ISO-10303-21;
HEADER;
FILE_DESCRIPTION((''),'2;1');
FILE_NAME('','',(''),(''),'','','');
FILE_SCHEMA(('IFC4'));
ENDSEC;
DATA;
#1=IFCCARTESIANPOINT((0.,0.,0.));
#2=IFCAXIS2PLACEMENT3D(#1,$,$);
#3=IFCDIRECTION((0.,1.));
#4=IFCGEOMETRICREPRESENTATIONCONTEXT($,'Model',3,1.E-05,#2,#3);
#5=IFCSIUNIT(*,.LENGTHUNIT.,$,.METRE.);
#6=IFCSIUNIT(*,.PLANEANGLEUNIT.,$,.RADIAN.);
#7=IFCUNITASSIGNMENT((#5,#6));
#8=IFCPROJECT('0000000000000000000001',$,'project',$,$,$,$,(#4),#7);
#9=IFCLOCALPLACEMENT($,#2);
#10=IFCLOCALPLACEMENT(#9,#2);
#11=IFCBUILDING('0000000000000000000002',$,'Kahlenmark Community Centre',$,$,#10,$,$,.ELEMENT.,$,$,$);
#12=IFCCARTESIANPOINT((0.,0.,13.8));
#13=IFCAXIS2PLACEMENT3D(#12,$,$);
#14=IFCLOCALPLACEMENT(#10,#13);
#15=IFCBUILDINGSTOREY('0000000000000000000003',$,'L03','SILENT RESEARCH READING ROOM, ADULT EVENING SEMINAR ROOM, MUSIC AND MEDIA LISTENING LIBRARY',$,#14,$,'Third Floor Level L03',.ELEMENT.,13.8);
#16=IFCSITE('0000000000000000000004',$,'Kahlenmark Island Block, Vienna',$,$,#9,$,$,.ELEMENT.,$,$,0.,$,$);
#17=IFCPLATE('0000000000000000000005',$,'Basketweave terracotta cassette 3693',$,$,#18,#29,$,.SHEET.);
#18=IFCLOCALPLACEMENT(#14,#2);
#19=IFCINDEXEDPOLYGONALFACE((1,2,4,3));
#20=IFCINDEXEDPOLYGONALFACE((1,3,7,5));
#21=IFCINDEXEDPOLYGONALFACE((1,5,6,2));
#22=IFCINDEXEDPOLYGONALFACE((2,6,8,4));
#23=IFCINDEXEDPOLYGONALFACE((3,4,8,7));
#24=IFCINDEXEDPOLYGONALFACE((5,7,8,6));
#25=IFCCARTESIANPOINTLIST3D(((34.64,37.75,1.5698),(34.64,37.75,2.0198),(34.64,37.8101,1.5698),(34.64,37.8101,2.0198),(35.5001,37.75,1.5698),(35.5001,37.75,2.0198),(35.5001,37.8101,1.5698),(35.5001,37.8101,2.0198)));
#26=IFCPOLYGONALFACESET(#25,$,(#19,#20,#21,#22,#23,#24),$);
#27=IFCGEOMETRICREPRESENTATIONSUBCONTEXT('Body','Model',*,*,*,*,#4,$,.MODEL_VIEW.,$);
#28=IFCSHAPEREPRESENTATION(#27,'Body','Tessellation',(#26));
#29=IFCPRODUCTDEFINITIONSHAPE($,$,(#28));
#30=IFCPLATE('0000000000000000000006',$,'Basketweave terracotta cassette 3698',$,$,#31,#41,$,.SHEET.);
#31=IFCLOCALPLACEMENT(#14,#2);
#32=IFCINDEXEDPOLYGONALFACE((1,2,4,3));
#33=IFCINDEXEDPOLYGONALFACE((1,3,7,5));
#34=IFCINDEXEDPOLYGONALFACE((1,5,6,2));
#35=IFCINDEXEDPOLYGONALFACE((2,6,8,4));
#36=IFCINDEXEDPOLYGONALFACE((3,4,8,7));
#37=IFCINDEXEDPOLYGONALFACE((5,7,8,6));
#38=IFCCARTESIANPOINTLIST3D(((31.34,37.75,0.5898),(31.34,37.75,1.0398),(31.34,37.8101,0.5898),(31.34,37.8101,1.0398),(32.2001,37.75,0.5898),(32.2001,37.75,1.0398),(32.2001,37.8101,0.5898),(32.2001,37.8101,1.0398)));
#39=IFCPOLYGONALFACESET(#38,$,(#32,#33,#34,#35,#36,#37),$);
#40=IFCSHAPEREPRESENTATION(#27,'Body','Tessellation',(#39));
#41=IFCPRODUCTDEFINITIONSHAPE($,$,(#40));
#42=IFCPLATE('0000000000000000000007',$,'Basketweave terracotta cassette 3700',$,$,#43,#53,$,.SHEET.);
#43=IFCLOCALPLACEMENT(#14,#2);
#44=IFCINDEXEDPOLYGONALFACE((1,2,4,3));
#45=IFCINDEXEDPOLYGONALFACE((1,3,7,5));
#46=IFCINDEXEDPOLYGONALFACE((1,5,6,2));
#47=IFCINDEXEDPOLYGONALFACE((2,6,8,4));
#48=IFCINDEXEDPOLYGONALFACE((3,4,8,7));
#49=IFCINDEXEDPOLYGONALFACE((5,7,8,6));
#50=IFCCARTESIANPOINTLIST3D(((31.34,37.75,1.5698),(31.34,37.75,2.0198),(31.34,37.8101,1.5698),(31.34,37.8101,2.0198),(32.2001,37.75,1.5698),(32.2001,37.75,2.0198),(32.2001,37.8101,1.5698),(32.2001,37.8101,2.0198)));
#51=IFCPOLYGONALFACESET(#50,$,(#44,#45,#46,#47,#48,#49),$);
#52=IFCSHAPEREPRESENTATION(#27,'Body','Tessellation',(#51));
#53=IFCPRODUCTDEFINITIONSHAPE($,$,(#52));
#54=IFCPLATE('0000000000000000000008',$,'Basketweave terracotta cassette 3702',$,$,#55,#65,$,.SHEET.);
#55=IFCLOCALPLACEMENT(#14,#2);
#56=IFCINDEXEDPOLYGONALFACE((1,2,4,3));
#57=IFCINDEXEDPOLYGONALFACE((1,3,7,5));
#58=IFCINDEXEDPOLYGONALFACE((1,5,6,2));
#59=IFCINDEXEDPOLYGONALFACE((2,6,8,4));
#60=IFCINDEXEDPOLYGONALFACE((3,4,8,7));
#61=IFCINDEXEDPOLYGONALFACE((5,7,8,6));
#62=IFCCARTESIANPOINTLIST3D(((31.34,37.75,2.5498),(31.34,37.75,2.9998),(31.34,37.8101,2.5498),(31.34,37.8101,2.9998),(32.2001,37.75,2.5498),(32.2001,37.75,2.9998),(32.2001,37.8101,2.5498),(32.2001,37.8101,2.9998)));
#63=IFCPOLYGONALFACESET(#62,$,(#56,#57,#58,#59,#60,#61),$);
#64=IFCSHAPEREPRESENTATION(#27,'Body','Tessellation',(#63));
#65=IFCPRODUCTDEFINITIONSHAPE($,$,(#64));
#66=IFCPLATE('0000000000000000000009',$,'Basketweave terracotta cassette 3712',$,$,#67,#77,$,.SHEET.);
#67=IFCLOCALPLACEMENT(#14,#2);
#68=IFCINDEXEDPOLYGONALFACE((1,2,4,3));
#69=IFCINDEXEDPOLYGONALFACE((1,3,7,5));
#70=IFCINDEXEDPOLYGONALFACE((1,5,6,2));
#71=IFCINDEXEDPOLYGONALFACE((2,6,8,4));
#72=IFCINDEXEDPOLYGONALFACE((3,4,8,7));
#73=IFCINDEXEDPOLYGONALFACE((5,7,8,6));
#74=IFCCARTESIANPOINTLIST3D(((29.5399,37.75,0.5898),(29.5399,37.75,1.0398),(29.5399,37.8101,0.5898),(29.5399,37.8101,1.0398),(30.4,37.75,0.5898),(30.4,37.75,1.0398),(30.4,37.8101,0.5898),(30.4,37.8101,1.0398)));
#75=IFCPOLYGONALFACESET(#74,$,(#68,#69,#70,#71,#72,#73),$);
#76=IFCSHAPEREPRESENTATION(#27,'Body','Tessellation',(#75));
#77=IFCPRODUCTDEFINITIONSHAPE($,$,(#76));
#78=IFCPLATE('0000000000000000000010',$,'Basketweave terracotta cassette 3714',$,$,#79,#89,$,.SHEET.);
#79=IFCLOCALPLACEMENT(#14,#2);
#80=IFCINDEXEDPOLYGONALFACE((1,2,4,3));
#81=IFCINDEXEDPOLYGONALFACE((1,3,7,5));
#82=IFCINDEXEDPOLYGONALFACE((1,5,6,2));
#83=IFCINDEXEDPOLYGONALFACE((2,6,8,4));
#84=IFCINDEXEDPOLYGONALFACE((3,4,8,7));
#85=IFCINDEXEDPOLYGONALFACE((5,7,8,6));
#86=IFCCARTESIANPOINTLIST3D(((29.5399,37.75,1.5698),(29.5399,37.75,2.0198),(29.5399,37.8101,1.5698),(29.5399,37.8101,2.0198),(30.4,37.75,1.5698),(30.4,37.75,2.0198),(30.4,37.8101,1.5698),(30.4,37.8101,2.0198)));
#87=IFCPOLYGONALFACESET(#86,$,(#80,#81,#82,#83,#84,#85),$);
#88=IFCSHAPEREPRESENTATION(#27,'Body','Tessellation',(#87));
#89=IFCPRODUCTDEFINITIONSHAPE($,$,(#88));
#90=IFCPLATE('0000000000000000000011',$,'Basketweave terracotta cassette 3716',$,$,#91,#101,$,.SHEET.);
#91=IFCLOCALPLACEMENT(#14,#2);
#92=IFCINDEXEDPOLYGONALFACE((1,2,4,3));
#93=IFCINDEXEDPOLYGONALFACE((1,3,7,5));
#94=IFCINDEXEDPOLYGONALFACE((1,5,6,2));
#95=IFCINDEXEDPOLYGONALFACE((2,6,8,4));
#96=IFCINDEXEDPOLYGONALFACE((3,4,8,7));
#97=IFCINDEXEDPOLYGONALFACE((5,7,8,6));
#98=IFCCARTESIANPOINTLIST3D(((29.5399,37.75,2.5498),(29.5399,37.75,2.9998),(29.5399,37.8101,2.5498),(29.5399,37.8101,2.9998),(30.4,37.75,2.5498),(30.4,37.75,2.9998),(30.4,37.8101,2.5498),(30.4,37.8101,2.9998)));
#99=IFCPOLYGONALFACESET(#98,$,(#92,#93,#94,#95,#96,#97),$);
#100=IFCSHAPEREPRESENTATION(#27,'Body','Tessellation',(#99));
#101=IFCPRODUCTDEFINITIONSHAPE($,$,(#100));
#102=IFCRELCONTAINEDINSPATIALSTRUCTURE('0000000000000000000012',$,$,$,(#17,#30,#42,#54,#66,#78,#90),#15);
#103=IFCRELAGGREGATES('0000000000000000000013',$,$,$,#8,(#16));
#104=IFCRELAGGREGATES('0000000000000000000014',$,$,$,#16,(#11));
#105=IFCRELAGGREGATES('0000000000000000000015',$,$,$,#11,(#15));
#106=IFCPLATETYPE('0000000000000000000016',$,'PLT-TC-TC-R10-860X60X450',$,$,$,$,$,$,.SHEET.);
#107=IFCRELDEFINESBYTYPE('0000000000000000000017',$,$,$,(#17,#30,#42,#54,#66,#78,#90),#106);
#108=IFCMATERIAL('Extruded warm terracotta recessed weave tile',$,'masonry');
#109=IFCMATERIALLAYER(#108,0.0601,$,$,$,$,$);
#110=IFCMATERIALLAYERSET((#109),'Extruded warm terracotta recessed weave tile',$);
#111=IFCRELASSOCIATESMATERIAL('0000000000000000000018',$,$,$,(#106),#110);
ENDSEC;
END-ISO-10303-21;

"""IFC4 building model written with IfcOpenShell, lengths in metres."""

from ifc_helpers import new_model, si_unit, direction, frame, origin, origin_2d, place, context, subcontext, project, spatial, rectangle, extrude, material, layer, layer_set, type_object, element, save


model = new_model("IFC4")

# Units and contexts
model_context = context("Model", 3, precision=1e-05, world=origin(), true_north=direction((0.0, 1.0)))
body_context = subcontext(model_context, "Body", "Model", "MODEL_VIEW")
ifc_project = project(units=[si_unit("LENGTHUNIT", "METRE"), si_unit("PLANEANGLEUNIT", "RADIAN")], contexts=[model_context])

# Site, building, storey
site_placement = place(None, origin())
site = spatial("IfcSite", under=ifc_project, at=site_placement, Name="Kahlenmark Island Block, Vienna", CompositionType="ELEMENT", RefElevation=0.0)
building_placement = place(site_placement, origin())
building = spatial("IfcBuilding", under=site, at=building_placement, Name="Kahlenmark Community Centre", CompositionType="ELEMENT")
storey_placement = place(building_placement, frame((0.0, 0.0, 13.8)))
storey = spatial("IfcBuildingStorey", under=building, at=storey_placement, Name="L03", Description="SILENT RESEARCH READING ROOM, ADULT EVENING SEMINAR ROOM, MUSIC AND MEDIA LISTENING LIBRARY", LongName="Third Floor Level L03", CompositionType="ELEMENT", Elevation=13.8)

# Plates
ifc_material = material(Name="Extruded warm terracotta recessed weave tile", Category="masonry")
ifc_layer_1 = layer(ifc_material, 0.0601)
ifc_layer_set_1 = layer_set([ifc_layer_1], Name="Extruded warm terracotta recessed weave tile")
plate_type_1 = type_object("IfcPlateType", Name="PLT-TC-TC-R10-860X60X450", PredefinedType="SHEET", material=ifc_layer_set_1)
for number, where, z_axis, x_axis, name in (
    (1, (35.0701, 37.78, 1.5698), (0.0, 0.0, 1.0), (-1.0, 0.0, 0.0), "Basketweave terracotta cassette 3693"),
    (2, (31.77, 37.78, 0.5898), (0.0, 0.0, 1.0), (-1.0, 0.0, 0.0), "Basketweave terracotta cassette 3698"),
    (3, (31.77, 37.78, 1.5698), (0.0, 0.0, 1.0), (-1.0, 0.0, 0.0), "Basketweave terracotta cassette 3700"),
    (4, (31.77, 37.78, 2.5498), (0.0, 0.0, 1.0), (-1.0, 0.0, 0.0), "Basketweave terracotta cassette 3702"),
    (5, (29.97, 37.78, 0.5898), (0.0, 0.0, 1.0), (-1.0, 0.0, 0.0), "Basketweave terracotta cassette 3712"),
    (6, (29.97, 37.78, 1.5698), (0.0, 0.0, 1.0), (-1.0, 0.0, 0.0), "Basketweave terracotta cassette 3714"),
    (7, (29.97, 37.78, 2.5498), (0.0, 0.0, 1.0), (-1.0, 0.0, 0.0), "Basketweave terracotta cassette 3716"),
):
    element("IfcPlate", number, at=place(storey_placement, frame(where, z_axis=z_axis, x_axis=x_axis)), inside=storey, type_object=plate_type_1, Name=name, PredefinedType="SHEET", context=body_context, shape_type="SweptSolid", body=[
        extrude(rectangle(XDim=0.8601, YDim=0.0601, at=origin_2d()), origin(), (0.0, 0.0, 1.0), 0.45),
    ])

save(model, "model.ifc")
